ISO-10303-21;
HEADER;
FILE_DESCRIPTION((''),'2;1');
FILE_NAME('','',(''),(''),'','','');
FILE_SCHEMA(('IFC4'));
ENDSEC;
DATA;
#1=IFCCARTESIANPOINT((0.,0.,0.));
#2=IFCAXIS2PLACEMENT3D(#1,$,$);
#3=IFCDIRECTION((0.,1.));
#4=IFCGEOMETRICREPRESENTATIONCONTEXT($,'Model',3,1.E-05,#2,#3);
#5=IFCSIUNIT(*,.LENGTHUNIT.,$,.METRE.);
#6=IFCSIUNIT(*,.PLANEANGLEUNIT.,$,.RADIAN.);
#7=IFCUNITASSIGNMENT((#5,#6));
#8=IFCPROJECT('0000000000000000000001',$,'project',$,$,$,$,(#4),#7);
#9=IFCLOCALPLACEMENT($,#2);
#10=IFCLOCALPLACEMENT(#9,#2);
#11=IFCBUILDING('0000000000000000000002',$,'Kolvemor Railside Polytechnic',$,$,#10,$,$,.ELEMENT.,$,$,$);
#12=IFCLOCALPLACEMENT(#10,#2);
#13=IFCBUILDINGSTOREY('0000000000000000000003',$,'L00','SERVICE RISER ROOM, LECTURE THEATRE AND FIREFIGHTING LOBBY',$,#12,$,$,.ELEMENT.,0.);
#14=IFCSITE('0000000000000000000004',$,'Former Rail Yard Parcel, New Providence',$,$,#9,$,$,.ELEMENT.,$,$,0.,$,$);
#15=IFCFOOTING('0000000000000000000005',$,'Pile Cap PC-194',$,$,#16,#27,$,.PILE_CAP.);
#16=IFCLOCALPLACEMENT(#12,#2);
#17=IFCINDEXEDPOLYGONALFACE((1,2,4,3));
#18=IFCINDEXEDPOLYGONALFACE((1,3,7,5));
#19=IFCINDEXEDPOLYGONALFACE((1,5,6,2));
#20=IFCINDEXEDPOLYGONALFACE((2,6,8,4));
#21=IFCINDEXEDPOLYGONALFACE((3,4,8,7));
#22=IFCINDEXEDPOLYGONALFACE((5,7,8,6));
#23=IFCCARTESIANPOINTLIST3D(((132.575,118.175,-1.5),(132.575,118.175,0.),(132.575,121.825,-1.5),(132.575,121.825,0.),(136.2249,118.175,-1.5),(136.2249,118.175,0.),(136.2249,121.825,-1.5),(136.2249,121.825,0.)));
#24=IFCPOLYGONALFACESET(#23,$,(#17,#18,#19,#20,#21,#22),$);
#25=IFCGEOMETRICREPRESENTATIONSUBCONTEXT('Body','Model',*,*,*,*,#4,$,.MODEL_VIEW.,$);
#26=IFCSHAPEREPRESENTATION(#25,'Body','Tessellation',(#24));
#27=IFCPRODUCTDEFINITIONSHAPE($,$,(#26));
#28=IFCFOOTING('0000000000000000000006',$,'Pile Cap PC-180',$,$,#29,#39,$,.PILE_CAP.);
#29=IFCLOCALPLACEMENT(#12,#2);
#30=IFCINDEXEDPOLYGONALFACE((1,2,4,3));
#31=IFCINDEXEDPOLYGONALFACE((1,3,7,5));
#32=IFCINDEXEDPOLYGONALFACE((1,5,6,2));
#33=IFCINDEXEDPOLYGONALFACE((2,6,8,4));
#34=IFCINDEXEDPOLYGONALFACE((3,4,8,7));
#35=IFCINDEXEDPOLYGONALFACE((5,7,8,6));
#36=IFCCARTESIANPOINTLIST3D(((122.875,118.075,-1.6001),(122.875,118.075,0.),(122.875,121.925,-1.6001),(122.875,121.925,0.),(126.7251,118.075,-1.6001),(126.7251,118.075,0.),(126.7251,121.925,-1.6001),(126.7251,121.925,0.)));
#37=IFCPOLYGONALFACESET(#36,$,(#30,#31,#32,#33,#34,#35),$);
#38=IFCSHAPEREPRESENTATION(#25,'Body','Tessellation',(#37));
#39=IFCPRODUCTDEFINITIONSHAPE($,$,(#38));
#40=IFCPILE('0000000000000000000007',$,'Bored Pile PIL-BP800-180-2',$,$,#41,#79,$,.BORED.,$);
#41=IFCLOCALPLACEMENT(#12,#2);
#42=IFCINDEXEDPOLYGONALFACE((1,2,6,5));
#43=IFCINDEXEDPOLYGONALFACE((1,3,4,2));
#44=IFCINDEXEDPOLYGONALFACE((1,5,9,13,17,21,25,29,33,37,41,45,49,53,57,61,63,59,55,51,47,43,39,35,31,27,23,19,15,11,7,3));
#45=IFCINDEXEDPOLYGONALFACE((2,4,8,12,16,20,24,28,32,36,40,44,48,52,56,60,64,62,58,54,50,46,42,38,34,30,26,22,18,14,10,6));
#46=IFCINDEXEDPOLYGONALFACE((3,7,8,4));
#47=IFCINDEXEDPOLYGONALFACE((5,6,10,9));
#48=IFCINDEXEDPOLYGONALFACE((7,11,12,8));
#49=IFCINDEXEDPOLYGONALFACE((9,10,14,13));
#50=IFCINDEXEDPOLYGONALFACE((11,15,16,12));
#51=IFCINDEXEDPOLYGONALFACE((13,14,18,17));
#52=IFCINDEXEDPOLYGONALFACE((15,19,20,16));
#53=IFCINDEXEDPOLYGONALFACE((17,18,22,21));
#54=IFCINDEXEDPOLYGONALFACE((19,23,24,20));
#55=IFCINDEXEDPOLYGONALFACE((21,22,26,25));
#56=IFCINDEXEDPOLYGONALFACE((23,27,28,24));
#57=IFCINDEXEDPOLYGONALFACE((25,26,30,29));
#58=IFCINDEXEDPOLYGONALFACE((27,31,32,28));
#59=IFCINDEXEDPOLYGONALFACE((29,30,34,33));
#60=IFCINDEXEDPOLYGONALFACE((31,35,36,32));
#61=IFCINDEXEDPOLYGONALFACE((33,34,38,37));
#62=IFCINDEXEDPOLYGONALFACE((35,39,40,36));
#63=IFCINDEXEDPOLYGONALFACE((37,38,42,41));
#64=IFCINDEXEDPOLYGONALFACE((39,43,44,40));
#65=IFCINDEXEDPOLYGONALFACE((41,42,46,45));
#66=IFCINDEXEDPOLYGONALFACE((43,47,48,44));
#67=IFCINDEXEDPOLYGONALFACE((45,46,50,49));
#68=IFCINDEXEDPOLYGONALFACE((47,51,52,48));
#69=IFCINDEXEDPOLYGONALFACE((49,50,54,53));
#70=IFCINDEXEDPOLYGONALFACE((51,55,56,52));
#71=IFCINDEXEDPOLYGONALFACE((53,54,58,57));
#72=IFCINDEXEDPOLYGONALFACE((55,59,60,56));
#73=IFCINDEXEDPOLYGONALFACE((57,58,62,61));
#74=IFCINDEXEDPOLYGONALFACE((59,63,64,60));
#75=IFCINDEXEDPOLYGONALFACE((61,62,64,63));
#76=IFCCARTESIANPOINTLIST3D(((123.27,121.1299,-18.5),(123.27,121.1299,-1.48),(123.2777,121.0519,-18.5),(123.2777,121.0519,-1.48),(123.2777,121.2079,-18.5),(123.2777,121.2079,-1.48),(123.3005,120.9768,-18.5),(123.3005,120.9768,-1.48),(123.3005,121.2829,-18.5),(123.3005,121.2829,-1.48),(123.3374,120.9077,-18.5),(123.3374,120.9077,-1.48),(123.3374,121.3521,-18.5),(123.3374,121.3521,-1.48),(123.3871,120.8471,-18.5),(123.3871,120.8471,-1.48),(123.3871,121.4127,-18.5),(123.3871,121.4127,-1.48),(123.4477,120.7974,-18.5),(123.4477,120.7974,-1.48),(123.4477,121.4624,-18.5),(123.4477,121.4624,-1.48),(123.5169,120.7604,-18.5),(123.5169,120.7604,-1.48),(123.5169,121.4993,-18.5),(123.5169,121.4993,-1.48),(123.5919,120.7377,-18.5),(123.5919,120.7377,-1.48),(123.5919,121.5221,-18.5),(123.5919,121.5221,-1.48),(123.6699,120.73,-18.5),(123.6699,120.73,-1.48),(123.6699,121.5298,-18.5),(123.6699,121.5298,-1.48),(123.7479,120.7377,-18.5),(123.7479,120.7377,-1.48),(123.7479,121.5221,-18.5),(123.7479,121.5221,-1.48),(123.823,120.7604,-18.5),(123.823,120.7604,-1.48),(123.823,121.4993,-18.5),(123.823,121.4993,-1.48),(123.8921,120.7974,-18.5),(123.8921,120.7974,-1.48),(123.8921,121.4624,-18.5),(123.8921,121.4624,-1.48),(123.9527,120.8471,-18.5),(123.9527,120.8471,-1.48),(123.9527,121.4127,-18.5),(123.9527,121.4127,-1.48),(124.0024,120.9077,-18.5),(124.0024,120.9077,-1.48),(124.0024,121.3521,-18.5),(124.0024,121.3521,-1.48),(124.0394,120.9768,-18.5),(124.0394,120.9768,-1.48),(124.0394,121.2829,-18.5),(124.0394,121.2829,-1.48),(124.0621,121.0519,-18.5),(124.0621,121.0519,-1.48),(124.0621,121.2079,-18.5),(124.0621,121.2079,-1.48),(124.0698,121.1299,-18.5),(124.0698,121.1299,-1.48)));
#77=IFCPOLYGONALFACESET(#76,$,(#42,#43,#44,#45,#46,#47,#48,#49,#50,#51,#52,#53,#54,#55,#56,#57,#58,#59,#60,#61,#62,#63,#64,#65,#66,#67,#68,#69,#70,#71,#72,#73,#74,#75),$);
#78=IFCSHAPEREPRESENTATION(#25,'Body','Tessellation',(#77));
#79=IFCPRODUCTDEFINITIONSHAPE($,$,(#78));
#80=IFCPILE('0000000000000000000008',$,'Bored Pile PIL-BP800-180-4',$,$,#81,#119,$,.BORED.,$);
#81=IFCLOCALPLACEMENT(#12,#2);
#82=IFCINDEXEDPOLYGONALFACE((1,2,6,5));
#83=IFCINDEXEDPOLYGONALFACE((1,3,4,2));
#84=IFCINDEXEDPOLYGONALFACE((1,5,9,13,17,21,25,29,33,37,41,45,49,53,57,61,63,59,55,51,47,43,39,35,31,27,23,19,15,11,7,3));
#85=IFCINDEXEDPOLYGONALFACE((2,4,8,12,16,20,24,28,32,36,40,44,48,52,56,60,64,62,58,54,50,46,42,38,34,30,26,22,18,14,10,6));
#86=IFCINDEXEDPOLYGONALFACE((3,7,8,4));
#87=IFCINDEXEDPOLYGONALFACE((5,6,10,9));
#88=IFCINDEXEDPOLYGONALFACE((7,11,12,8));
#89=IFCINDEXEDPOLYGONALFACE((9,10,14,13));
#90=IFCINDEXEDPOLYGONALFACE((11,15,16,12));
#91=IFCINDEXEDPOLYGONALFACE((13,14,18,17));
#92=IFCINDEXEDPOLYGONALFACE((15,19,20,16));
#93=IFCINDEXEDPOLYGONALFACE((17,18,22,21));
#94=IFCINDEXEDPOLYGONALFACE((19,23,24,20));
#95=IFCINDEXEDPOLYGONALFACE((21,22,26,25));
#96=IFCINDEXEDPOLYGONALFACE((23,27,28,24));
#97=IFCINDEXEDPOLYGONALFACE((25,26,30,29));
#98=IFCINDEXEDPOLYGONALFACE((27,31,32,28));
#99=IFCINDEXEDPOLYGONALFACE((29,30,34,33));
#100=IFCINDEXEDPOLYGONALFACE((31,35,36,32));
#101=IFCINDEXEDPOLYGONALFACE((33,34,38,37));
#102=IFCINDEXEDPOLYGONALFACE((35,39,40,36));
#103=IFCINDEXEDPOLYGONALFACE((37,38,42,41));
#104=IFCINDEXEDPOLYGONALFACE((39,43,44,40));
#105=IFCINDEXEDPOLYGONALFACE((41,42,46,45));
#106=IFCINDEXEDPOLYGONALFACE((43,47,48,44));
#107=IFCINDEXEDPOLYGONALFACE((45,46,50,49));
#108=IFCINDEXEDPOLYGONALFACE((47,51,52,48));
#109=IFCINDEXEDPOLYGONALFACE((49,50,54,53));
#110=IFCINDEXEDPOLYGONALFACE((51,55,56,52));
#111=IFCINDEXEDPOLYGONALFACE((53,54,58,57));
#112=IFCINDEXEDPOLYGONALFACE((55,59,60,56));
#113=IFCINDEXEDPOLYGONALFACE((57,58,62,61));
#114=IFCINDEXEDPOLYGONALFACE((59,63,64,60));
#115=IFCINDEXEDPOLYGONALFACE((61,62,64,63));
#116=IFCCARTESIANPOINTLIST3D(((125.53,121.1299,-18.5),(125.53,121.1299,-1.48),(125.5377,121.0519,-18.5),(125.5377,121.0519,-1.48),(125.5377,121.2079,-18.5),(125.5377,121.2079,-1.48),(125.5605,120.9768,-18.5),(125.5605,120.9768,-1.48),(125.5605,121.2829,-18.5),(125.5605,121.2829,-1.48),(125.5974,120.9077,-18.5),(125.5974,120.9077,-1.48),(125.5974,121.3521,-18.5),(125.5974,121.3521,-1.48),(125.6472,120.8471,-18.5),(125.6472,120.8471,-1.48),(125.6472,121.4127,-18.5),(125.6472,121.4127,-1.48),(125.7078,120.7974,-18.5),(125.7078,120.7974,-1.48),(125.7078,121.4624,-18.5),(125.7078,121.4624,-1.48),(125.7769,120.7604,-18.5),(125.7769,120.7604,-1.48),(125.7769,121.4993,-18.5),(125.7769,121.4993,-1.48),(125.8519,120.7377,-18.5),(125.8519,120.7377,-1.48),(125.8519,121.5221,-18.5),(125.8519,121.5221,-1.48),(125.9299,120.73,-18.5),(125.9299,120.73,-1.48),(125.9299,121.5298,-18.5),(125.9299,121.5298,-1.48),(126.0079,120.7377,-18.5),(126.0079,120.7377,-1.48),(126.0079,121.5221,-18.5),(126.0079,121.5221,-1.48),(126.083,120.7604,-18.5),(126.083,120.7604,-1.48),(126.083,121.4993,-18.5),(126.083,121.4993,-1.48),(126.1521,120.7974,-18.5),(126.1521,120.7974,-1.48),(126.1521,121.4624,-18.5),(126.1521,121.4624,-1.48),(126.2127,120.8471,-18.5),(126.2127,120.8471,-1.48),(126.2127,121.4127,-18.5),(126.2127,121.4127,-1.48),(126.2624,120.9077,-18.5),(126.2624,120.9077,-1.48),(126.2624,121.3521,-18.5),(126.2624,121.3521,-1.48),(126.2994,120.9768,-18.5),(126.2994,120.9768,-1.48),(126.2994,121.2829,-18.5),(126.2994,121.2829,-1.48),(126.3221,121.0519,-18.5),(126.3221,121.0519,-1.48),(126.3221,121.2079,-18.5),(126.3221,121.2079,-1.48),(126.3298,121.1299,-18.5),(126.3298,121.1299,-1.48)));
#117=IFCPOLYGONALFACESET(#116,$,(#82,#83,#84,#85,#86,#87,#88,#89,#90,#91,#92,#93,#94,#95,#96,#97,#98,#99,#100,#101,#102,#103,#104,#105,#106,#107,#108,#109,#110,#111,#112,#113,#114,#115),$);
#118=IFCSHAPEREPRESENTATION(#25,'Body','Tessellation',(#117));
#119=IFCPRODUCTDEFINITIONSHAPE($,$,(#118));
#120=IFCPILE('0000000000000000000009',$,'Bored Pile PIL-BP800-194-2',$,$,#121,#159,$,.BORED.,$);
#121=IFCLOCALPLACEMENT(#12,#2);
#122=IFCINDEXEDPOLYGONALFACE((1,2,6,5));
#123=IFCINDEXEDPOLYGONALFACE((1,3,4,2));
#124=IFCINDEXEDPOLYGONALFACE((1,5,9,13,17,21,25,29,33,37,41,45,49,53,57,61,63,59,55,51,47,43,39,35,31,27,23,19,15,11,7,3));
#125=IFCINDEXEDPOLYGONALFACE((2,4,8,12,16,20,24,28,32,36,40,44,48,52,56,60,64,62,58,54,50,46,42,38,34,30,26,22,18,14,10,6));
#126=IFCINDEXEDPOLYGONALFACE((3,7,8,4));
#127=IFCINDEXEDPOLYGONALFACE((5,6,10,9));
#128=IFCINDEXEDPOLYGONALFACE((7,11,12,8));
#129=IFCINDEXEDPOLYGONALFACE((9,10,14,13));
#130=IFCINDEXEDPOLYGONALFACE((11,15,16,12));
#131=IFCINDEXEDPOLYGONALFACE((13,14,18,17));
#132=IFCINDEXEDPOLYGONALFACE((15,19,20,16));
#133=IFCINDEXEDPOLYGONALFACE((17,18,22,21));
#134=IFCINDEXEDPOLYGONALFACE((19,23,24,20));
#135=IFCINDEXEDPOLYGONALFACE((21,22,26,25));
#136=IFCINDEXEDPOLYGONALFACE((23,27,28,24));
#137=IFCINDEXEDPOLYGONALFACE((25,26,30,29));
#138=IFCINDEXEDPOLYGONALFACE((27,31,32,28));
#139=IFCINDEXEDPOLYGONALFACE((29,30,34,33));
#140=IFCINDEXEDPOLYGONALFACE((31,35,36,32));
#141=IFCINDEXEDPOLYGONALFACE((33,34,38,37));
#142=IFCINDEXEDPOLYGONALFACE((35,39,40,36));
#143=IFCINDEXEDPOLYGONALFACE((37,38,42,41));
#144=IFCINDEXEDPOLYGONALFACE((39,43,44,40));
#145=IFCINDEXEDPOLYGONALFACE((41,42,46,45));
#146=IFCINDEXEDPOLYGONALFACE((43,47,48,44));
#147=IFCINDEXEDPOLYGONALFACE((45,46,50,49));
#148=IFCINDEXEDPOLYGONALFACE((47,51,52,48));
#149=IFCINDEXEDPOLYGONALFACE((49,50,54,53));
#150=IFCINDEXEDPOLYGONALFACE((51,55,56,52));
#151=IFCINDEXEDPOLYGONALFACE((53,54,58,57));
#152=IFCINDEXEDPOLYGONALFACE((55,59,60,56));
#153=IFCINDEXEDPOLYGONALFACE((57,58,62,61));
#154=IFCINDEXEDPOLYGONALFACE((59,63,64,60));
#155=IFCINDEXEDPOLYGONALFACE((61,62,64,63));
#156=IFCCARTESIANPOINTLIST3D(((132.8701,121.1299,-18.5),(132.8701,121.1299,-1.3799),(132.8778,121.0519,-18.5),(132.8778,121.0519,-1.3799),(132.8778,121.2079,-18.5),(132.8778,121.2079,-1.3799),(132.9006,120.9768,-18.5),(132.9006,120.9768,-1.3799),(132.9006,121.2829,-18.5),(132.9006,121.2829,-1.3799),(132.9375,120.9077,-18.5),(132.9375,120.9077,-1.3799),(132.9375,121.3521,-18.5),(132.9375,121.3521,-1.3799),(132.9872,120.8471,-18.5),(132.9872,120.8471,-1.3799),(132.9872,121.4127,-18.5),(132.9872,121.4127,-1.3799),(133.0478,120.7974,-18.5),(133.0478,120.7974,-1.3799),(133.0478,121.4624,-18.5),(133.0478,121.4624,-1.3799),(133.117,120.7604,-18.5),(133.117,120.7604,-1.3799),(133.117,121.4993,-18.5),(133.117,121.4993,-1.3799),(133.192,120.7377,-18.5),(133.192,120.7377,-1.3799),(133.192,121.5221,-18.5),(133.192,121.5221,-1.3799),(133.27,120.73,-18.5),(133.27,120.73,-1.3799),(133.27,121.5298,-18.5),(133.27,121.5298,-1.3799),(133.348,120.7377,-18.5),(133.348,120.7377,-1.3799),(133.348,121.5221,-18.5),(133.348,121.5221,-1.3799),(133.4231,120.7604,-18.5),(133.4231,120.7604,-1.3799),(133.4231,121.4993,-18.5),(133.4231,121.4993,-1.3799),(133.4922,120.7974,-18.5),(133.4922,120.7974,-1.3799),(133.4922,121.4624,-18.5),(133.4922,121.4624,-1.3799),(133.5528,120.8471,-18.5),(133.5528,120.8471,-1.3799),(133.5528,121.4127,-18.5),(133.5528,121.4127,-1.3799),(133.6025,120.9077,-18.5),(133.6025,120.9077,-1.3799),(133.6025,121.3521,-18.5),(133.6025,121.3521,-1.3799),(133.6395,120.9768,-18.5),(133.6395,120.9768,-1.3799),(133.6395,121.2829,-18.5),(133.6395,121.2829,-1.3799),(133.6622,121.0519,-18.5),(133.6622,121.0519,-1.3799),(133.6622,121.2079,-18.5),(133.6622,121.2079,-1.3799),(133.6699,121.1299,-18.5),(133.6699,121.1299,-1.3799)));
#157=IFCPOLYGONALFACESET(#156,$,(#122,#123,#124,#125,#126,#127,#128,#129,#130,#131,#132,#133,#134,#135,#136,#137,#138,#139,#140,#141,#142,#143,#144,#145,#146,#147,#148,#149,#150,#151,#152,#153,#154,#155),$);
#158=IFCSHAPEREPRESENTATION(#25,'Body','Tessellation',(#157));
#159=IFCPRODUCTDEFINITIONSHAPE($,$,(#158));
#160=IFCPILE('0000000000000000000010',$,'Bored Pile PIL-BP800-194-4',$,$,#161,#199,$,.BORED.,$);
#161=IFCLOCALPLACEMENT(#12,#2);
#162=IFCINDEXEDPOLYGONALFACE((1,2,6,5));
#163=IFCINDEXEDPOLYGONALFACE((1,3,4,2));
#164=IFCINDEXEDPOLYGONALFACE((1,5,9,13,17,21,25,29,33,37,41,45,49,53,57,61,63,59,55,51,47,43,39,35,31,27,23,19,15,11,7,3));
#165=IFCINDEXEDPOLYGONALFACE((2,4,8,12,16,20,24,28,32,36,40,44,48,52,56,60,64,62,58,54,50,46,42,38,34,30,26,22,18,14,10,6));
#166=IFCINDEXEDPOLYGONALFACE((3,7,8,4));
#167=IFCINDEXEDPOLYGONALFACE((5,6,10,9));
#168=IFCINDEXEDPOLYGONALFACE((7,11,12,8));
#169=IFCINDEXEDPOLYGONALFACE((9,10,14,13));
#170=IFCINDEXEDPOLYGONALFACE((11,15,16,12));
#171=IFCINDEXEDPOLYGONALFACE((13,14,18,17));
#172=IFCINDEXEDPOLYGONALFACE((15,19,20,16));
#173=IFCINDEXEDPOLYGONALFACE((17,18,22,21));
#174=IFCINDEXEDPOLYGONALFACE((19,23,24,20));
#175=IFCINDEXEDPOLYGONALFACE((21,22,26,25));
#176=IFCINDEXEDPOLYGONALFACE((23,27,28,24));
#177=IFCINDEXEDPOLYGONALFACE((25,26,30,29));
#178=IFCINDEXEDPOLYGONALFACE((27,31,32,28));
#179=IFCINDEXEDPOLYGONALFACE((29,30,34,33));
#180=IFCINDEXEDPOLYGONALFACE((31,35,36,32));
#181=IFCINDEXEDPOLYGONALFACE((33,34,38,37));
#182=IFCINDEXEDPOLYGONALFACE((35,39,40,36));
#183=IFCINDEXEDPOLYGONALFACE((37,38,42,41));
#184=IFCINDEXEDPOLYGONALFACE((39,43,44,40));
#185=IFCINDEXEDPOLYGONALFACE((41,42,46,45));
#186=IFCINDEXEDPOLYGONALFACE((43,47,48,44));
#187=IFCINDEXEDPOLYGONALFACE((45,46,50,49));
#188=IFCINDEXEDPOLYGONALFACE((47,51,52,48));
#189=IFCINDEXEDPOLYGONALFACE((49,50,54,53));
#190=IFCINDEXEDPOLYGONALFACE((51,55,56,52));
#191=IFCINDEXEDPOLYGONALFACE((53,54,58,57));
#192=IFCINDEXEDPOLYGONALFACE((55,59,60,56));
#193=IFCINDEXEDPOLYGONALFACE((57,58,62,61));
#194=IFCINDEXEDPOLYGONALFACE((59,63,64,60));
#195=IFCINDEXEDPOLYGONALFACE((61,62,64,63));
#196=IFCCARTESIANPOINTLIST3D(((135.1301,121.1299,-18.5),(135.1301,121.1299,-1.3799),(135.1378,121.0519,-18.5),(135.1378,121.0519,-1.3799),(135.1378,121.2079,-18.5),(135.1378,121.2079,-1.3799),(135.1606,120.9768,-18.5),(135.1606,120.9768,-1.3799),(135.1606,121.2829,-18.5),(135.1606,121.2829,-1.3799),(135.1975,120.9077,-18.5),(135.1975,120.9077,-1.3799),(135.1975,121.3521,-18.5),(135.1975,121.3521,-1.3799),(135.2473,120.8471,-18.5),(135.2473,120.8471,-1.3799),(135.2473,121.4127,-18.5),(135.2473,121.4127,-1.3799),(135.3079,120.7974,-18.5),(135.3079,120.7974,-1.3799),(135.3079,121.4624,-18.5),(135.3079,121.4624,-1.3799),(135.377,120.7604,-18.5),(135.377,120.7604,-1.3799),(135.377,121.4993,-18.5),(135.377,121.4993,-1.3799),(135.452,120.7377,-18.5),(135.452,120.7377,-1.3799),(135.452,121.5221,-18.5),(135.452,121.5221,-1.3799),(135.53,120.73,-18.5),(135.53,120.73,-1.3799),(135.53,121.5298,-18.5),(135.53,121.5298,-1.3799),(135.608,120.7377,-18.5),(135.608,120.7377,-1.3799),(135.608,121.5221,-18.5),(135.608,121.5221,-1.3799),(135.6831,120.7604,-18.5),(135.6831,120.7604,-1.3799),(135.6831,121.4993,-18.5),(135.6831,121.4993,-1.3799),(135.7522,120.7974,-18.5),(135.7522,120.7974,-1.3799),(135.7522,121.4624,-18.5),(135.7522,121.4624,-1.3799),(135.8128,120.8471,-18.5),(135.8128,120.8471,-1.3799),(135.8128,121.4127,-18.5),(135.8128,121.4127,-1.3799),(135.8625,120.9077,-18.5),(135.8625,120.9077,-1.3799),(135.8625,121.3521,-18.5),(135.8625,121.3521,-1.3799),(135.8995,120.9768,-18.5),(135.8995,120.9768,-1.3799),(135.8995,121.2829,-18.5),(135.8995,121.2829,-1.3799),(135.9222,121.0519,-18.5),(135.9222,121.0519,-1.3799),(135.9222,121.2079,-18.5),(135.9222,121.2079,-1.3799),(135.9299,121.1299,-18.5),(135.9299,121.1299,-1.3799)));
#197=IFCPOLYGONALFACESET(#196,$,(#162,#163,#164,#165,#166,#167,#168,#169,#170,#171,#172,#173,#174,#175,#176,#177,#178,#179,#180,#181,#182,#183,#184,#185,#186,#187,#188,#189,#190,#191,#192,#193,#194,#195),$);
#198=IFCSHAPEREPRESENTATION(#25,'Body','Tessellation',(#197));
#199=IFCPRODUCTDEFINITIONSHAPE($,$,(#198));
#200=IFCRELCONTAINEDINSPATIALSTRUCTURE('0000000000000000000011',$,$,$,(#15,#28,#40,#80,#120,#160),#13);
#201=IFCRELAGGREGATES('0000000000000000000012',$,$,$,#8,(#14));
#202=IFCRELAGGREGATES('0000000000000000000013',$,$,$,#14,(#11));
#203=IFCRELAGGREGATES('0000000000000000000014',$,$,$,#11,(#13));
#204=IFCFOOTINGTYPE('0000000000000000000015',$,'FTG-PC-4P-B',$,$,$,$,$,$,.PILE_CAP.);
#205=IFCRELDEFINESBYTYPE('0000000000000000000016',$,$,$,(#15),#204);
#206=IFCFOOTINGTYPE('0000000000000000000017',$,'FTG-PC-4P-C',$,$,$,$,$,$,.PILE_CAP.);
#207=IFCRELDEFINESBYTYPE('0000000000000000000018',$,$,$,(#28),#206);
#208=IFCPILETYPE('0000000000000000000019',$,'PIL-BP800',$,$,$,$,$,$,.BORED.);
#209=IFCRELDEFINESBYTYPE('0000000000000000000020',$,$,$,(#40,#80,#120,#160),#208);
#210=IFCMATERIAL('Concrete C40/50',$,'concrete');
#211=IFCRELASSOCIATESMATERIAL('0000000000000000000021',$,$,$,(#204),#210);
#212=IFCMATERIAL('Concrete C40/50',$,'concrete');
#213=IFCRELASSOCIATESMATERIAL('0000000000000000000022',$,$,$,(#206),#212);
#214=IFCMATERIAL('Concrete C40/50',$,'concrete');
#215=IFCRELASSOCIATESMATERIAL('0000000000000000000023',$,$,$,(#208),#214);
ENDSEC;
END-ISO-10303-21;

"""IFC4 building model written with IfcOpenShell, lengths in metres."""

from ifc_helpers import new_model, si_unit, direction, frame, origin, origin_2d, place, context, subcontext, project, spatial, rectangle, circle, extrude, material, material_profile, profile_set, type_object, element, save


model = new_model("IFC4")

# Units and contexts
model_context = context("Model", 3, precision=1e-05, world=origin(), true_north=direction((0.0, 1.0)))
body_context = subcontext(model_context, "Body", "Model", "MODEL_VIEW")
ifc_project = project(units=[si_unit("LENGTHUNIT", "METRE"), si_unit("PLANEANGLEUNIT", "RADIAN")], contexts=[model_context])

# Site, building, storey
site_placement = place(None, origin())
site = spatial("IfcSite", under=ifc_project, at=site_placement, Name="Former Rail Yard Parcel, New Providence", CompositionType="ELEMENT", RefElevation=0.0)
building_placement = place(site_placement, origin())
building = spatial("IfcBuilding", under=site, at=building_placement, Name="Kolvemor Railside Polytechnic", CompositionType="ELEMENT")
storey_placement = place(building_placement, origin())
storey = spatial("IfcBuildingStorey", under=building, at=storey_placement, Name="L00", Description="SERVICE RISER ROOM, LECTURE THEATRE AND FIREFIGHTING LOBBY", CompositionType="ELEMENT", Elevation=0.0)

# Footings
ifc_material_1 = material(Name="Concrete C40/50", Category="concrete")
footing_type_1 = type_object("IfcFootingType", Name="FTG-PC-4P-B", PredefinedType="PILE_CAP", material=ifc_material_1)
footing_1_placement = place(storey_placement, frame((134.3999, 120.0, -1.5), z_axis=(0.0, 0.0, 1.0), x_axis=(1.0, 0.0, 0.0)))
element("IfcFooting", 1, at=footing_1_placement, inside=storey, type_object=footing_type_1, Name="Pile Cap PC-194", PredefinedType="PILE_CAP", context=body_context, shape_type="SweptSolid", body=[
    extrude(rectangle(XDim=3.6499, YDim=3.6499, at=origin_2d()), origin(), (0.0, 0.0, 1.0), 1.5),
])
ifc_material_2 = material(Name="Concrete C40/50", Category="concrete")
footing_type_2 = type_object("IfcFootingType", Name="FTG-PC-4P-C", PredefinedType="PILE_CAP", material=ifc_material_2)
footing_2_placement = place(storey_placement, frame((124.8, 120.0, -1.6001), z_axis=(0.0, 0.0, 1.0), x_axis=(1.0, 0.0, 0.0)))
element("IfcFooting", 2, at=footing_2_placement, inside=storey, type_object=footing_type_2, Name="Pile Cap PC-180", PredefinedType="PILE_CAP", context=body_context, shape_type="SweptSolid", body=[
    extrude(rectangle(XDim=3.8501, YDim=3.8501, at=origin_2d()), origin(), (0.0, 0.0, 1.0), 1.6001),
])

# Piles
ifc_material_3 = material(Name="Concrete C40/50", Category="concrete")
ifc_material_profile_1 = material_profile(ifc_material_3, circle(Radius=0.3999, at=origin_2d()), Name="BP800")
ifc_profile_set_1 = profile_set([ifc_material_profile_1], Name="Concrete C40/50")
pile_type = type_object("IfcPileType", Name="PIL-BP800", PredefinedType="BORED", material=ifc_profile_set_1)
for number, where, z_axis, x_axis, name in (
    (3, (123.6699, 121.1299, -1.48), (0.0, 0.0, -1.0), (1.0, 0.0, 0.0), "Bored Pile PIL-BP800-180-2"),
    (4, (125.9299, 121.1299, -1.48), (0.0, 0.0, -1.0), (1.0, 0.0, 0.0), "Bored Pile PIL-BP800-180-4"),
):
    element("IfcPile", number, at=place(storey_placement, frame(where, z_axis=z_axis, x_axis=x_axis)), inside=storey, type_object=pile_type, Name=name, PredefinedType="BORED", context=body_context, shape_type="SweptSolid", body=[
        extrude(circle(Radius=0.3999, at=origin_2d()), origin(), (0.0, 0.0, 1.0), 17.02),
    ])
for number, where, z_axis, x_axis, name in (
    (5, (133.27, 121.1299, -1.3799), (0.0, 0.0, -1.0), (1.0, 0.0, 0.0), "Bored Pile PIL-BP800-194-2"),
    (6, (135.53, 121.1299, -1.3799), (0.0, 0.0, -1.0), (1.0, 0.0, 0.0), "Bored Pile PIL-BP800-194-4"),
):
    element("IfcPile", number, at=place(storey_placement, frame(where, z_axis=z_axis, x_axis=x_axis)), inside=storey, type_object=pile_type, Name=name, PredefinedType="BORED", context=body_context, shape_type="SweptSolid", body=[
        extrude(circle(Radius=0.3999, at=origin_2d()), origin(), (0.0, 0.0, 1.0), 17.1201),
    ])

save(model, "model.ifc")
